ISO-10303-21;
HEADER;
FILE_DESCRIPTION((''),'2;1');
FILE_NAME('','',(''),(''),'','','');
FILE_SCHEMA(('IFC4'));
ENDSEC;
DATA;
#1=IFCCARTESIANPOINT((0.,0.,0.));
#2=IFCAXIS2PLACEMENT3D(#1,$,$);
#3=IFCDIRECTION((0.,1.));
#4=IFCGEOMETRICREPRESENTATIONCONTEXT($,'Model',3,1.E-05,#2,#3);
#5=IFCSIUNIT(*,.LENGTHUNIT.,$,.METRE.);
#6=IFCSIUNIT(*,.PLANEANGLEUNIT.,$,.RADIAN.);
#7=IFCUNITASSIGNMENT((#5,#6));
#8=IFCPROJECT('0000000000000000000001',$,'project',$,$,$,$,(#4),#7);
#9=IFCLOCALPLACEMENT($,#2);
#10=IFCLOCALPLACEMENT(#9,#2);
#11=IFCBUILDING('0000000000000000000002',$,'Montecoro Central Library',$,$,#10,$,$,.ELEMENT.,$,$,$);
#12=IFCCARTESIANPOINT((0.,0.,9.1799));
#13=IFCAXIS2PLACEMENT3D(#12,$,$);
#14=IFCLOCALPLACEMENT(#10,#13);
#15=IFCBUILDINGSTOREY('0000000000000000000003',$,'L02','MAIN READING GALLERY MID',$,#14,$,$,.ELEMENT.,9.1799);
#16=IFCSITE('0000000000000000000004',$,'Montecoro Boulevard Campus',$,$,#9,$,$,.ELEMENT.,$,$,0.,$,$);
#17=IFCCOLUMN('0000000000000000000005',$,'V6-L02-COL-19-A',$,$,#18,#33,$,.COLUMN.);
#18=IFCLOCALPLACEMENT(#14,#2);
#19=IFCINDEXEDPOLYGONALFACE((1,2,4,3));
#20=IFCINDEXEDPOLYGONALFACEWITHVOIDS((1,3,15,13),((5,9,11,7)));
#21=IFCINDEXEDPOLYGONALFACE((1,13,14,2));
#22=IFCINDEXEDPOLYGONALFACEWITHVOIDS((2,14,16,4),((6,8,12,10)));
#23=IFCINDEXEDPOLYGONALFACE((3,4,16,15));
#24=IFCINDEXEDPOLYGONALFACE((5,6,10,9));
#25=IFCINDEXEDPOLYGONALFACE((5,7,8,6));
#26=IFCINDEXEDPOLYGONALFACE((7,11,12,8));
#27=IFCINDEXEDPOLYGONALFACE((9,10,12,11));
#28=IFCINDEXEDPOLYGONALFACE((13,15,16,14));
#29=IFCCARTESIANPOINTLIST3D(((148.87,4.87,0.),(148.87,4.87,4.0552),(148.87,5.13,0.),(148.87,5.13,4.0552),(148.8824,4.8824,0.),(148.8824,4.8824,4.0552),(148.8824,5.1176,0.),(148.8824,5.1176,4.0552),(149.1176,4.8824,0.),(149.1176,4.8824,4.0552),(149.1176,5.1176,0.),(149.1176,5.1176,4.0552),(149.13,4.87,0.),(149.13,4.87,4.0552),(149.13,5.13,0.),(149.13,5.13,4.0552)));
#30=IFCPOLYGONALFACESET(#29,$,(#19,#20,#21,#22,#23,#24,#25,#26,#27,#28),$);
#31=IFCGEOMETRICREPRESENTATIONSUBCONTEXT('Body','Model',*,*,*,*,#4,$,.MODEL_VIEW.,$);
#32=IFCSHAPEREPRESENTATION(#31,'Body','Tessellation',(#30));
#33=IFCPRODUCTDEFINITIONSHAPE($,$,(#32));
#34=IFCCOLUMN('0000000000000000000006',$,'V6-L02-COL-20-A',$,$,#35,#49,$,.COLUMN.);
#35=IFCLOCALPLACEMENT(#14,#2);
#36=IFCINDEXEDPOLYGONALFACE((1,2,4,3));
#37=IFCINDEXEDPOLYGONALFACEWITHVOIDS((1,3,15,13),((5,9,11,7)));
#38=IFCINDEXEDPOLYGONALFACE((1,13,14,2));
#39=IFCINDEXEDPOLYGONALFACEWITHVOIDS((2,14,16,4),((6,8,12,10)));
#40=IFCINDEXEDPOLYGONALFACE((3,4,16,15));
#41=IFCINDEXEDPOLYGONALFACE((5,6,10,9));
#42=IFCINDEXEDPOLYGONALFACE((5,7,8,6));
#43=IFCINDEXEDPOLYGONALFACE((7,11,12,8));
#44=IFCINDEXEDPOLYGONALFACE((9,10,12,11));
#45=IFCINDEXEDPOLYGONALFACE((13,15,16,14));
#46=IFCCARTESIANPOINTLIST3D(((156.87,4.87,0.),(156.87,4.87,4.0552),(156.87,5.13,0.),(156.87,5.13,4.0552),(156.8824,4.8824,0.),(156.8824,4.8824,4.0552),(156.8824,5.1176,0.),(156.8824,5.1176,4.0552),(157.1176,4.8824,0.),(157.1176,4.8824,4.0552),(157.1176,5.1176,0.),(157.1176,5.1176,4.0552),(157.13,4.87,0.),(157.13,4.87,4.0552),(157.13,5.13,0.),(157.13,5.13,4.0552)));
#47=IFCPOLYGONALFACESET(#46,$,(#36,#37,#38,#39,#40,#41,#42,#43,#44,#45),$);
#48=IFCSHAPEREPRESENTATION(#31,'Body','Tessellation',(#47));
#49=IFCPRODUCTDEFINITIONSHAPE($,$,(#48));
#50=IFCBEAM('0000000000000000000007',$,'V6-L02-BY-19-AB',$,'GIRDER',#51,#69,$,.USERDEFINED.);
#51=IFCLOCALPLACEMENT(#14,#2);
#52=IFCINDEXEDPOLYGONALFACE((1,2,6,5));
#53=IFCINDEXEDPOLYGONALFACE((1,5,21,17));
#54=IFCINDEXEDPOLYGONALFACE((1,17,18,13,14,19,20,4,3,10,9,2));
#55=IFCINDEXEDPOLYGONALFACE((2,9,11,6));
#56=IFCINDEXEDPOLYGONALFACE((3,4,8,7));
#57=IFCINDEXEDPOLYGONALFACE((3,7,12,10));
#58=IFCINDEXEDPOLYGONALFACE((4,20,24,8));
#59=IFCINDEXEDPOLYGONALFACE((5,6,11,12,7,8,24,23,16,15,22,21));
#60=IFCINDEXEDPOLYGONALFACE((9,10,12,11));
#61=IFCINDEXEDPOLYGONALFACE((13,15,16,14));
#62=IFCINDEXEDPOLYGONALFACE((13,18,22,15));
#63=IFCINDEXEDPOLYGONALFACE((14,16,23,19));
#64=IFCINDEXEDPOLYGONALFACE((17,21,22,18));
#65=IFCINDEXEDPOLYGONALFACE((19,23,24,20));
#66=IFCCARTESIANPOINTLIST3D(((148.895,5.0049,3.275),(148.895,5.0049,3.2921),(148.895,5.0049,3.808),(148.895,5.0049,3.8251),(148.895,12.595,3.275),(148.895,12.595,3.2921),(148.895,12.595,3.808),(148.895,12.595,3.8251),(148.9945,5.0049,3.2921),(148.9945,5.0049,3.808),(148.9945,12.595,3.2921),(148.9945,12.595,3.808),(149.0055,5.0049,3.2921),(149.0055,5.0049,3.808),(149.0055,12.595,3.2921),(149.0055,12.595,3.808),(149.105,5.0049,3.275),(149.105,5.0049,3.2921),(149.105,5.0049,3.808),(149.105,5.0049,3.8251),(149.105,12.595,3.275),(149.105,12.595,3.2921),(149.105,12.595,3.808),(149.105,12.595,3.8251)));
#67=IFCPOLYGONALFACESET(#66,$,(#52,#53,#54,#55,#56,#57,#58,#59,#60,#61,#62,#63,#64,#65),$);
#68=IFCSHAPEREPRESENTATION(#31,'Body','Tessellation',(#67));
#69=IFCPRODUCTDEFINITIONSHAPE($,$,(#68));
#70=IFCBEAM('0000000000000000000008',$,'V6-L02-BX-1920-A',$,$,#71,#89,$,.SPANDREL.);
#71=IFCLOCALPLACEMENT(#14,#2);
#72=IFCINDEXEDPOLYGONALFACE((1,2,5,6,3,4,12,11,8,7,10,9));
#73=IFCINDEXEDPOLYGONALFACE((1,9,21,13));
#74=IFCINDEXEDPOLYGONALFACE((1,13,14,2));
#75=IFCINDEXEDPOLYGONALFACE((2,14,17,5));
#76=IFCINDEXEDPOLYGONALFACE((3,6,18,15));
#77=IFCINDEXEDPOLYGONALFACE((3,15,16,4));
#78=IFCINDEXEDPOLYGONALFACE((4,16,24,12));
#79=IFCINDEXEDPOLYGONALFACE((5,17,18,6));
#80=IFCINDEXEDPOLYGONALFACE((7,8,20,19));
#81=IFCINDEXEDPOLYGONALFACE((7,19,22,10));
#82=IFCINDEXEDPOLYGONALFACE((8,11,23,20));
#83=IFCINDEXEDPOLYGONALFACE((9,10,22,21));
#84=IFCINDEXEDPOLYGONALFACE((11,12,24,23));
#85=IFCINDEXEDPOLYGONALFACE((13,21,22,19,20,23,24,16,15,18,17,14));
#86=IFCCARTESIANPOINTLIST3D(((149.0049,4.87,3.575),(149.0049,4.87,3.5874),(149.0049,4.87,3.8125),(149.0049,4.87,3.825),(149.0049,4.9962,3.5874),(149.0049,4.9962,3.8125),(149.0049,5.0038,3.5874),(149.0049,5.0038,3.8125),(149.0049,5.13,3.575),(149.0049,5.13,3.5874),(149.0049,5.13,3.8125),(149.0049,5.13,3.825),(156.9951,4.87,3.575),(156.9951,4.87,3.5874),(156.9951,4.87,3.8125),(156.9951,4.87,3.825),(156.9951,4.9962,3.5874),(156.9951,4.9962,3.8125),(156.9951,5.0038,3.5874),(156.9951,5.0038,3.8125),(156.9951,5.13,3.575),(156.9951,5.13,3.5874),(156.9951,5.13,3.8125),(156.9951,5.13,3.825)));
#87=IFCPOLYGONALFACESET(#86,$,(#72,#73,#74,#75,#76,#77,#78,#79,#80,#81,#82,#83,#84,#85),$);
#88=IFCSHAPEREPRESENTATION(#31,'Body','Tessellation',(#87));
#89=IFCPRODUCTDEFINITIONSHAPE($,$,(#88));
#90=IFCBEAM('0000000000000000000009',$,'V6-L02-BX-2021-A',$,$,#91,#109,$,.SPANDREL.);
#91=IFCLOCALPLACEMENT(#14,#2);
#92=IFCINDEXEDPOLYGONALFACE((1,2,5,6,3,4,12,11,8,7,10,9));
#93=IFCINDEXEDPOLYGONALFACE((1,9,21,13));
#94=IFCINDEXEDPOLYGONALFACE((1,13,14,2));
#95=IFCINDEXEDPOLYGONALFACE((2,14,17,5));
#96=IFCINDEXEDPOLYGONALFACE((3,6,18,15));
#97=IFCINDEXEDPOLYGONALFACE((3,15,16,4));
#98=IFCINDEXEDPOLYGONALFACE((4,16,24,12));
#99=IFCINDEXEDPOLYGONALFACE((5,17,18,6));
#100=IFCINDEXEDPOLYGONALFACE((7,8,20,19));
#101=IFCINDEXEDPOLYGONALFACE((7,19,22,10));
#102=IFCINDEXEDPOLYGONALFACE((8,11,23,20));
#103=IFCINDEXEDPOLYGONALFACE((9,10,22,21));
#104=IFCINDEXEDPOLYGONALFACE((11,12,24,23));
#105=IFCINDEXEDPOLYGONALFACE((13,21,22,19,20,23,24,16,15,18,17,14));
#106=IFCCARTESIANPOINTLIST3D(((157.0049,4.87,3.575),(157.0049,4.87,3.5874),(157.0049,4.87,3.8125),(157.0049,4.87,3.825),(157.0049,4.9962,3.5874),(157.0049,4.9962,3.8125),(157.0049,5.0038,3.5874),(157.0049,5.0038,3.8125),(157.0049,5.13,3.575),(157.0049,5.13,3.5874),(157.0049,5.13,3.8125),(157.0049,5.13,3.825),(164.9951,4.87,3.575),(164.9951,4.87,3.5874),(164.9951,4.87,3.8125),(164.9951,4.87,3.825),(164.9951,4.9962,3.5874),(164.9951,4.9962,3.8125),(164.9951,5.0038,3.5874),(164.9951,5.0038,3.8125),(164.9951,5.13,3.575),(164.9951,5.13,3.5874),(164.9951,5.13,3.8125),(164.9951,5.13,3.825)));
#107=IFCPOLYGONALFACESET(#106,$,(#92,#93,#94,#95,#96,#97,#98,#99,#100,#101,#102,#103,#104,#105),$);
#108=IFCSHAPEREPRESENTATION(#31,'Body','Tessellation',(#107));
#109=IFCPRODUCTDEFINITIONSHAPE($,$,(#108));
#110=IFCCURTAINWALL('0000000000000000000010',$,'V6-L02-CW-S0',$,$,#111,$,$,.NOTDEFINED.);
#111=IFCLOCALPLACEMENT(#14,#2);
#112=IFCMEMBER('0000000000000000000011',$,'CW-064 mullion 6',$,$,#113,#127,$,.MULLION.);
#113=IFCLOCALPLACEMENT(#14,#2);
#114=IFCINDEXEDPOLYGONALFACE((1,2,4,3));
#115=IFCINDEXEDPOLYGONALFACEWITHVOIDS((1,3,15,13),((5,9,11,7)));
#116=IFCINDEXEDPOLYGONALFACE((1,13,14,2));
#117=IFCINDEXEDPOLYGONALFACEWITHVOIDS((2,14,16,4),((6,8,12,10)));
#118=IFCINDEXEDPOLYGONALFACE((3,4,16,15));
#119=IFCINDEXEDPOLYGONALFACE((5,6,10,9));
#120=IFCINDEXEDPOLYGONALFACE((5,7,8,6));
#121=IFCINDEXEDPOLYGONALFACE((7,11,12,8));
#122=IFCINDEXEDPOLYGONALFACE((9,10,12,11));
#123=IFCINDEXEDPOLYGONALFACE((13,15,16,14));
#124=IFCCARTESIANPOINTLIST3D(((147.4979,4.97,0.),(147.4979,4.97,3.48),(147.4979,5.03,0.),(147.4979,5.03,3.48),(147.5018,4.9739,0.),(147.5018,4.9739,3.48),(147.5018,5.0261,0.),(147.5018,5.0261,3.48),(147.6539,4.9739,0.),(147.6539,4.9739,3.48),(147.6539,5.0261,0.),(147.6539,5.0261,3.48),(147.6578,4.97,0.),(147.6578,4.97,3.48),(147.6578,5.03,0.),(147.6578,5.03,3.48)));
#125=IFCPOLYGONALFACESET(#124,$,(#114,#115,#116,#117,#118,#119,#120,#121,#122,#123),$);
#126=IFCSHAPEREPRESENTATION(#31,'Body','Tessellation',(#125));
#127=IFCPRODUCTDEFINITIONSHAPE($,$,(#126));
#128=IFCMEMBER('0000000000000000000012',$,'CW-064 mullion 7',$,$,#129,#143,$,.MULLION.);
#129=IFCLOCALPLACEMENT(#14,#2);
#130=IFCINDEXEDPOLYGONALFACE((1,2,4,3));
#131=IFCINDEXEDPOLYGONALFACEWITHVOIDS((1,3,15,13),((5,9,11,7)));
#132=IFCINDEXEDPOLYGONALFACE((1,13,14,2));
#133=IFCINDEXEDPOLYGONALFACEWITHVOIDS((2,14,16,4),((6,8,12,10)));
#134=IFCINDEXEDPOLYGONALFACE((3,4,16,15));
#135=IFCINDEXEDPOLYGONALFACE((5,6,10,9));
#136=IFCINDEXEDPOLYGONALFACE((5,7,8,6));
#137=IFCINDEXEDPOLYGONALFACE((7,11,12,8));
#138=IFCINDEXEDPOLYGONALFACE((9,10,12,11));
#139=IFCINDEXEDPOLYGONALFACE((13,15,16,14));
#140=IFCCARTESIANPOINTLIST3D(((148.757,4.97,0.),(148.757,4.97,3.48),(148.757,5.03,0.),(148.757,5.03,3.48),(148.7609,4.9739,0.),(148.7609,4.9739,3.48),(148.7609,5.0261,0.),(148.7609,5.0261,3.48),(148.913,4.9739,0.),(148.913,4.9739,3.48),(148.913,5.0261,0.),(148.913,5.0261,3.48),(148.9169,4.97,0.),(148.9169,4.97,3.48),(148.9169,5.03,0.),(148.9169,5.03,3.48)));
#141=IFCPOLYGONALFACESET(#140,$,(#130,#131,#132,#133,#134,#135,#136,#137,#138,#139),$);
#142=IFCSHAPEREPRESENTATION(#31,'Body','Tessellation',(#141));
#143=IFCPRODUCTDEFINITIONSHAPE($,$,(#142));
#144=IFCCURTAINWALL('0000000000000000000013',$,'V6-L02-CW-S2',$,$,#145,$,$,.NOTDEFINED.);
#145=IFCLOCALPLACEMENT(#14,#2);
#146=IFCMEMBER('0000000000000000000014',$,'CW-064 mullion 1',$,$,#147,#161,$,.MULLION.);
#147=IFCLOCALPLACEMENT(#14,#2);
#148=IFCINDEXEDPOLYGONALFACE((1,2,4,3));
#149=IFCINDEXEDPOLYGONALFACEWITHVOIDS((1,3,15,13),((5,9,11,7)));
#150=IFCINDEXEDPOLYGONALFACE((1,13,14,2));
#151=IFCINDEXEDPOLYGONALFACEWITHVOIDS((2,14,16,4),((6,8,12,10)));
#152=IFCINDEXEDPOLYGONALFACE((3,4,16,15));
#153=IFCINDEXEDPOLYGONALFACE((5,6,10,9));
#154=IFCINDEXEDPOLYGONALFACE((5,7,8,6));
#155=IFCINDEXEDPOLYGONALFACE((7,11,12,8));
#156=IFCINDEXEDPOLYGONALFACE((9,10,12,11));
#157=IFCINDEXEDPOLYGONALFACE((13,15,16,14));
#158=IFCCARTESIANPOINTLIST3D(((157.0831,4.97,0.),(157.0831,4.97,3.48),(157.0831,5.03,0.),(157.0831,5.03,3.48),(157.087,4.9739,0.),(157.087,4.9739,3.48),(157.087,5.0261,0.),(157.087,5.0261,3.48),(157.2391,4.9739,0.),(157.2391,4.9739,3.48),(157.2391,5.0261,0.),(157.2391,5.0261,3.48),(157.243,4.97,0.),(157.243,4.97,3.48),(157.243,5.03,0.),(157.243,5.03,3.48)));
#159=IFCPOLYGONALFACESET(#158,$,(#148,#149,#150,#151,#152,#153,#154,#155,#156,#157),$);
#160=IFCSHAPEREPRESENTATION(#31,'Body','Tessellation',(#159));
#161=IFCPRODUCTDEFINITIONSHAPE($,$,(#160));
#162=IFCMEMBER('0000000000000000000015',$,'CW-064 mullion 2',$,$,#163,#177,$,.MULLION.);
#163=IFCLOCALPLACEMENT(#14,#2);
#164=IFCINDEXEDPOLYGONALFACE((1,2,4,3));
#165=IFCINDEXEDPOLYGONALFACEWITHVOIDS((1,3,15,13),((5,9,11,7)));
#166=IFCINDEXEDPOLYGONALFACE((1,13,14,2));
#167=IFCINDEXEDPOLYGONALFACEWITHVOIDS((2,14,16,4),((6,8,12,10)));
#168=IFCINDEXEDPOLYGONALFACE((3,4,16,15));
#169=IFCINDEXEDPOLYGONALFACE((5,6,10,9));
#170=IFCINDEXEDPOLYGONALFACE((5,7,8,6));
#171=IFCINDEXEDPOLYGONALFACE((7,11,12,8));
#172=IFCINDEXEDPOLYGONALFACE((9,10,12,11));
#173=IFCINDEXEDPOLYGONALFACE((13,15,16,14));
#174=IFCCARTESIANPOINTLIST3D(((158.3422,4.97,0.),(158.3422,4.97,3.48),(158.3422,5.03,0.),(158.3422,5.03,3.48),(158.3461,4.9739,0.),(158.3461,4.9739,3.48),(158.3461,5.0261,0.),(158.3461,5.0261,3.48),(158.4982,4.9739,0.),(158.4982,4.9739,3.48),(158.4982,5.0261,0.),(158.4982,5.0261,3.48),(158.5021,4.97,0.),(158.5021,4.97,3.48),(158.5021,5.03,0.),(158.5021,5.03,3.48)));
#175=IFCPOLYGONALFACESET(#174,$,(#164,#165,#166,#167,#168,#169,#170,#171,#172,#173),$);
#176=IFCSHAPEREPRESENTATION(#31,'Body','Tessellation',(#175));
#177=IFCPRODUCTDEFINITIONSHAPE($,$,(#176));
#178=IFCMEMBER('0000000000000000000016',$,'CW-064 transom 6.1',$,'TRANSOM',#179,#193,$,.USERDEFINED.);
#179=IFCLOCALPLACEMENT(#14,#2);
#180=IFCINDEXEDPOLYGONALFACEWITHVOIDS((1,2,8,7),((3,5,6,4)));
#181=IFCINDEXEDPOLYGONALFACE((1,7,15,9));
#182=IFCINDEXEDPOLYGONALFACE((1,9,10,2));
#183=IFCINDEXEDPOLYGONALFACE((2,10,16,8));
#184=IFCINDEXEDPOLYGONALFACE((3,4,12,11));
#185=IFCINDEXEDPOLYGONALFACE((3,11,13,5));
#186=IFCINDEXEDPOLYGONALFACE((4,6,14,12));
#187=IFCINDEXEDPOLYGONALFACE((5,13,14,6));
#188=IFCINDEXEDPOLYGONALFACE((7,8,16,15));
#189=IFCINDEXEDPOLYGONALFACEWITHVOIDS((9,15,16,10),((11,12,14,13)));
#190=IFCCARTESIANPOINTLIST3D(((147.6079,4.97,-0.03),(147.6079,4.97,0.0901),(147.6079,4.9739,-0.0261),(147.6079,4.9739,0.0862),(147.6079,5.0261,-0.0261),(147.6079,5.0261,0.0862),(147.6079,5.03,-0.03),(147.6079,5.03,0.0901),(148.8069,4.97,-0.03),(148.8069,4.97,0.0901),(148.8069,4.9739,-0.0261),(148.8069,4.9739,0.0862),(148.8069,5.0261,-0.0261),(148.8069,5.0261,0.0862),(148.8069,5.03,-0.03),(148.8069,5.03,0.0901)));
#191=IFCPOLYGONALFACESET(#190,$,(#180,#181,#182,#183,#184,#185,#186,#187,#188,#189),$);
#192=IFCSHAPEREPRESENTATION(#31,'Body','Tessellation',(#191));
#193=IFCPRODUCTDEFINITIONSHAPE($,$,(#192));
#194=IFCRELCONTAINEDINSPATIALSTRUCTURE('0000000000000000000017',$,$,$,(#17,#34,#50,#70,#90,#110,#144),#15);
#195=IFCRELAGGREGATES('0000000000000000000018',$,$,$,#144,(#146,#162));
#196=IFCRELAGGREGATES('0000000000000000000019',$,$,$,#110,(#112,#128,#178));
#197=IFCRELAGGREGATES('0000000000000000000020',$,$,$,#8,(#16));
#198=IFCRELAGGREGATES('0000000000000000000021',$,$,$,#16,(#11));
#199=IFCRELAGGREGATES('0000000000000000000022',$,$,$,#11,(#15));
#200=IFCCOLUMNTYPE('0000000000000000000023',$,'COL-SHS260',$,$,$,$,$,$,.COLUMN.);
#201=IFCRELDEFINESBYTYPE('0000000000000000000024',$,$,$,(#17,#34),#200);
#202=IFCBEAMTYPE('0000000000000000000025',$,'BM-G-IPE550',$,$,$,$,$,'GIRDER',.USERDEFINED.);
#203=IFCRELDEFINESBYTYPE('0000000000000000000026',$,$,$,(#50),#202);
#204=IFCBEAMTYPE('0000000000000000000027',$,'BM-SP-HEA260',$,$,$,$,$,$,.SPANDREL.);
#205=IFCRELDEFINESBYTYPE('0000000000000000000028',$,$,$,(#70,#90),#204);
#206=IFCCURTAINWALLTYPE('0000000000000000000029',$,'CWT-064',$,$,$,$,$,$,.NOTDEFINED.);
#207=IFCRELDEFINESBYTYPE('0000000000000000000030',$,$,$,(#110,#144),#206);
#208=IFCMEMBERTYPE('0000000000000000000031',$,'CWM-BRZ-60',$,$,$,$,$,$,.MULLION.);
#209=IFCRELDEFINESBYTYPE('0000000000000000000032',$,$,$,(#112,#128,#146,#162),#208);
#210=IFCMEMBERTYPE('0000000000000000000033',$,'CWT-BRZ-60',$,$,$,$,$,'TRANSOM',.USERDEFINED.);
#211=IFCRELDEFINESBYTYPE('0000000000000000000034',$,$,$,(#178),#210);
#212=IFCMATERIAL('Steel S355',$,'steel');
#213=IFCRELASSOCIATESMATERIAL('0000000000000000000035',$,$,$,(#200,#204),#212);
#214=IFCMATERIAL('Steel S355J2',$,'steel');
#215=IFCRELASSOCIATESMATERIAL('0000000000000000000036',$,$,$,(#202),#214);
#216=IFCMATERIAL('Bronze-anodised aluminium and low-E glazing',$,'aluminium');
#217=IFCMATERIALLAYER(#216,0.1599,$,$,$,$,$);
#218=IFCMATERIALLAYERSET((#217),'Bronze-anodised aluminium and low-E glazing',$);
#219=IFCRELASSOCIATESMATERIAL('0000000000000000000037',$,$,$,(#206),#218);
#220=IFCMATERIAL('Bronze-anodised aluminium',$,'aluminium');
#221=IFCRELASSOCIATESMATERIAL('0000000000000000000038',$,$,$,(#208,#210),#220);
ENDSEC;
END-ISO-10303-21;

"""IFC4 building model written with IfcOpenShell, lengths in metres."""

from ifc_helpers import new_model, si_unit, direction, frame, origin, origin_2d, place, context, subcontext, project, spatial, hollow_rectangle, i_section, extrude, material, layer, layer_set, material_profile, profile_set, type_object, element, aggregate, save


model = new_model("IFC4")

# Units and contexts
model_context = context("Model", 3, precision=1e-05, world=origin(), true_north=direction((0.0, 1.0)))
body_context = subcontext(model_context, "Body", "Model", "MODEL_VIEW")
ifc_project = project(units=[si_unit("LENGTHUNIT", "METRE"), si_unit("PLANEANGLEUNIT", "RADIAN")], contexts=[model_context])

# Site, building, storey
site_placement = place(None, origin())
site = spatial("IfcSite", under=ifc_project, at=site_placement, Name="Montecoro Boulevard Campus", CompositionType="ELEMENT", RefElevation=0.0)
building_placement = place(site_placement, origin())
building = spatial("IfcBuilding", under=site, at=building_placement, Name="Montecoro Central Library", CompositionType="ELEMENT")
storey_placement = place(building_placement, frame((0.0, 0.0, 9.1799)))
storey = spatial("IfcBuildingStorey", under=building, at=storey_placement, Name="L02", Description="MAIN READING GALLERY MID", CompositionType="ELEMENT", Elevation=9.1799)

# Columns
ifc_material_1 = material(Name="Steel S355", Category="steel")
ifc_material_profile_1 = material_profile(ifc_material_1, hollow_rectangle(XDim=0.26, YDim=0.26, WallThickness=0.0125, at=origin_2d()), Name="SHS 260x260x12.5")
ifc_profile_set_1 = profile_set([ifc_material_profile_1], Name="Steel S355")
column_type = type_object("IfcColumnType", Name="COL-SHS260", PredefinedType="COLUMN", material=ifc_profile_set_1)
for number, where, z_axis, x_axis, name in (
    (1, (149.0, 5.0, 0.0), (0.0, 0.0, 1.0), (1.0, 0.0, 0.0), "V6-L02-COL-19-A"),
    (2, (157.0, 5.0, 0.0), (0.0, 0.0, 1.0), (1.0, 0.0, 0.0), "V6-L02-COL-20-A"),
):
    element("IfcColumn", number, at=place(storey_placement, frame(where, z_axis=z_axis, x_axis=x_axis)), inside=storey, type_object=column_type, Name=name, PredefinedType="COLUMN", context=body_context, shape_type="SweptSolid", body=[
        extrude(hollow_rectangle(XDim=0.26, YDim=0.26, WallThickness=0.0125, at=origin_2d()), origin(), (0.0, 0.0, 1.0), 4.0552),
    ])

# Beams
ifc_material_2 = material(Name="Steel S355J2", Category="steel")
ifc_material_profile_2 = material_profile(ifc_material_2, i_section(OverallWidth=0.21, OverallDepth=0.55, WebThickness=0.011, FlangeThickness=0.0171, at=origin_2d()), Name="IPE 550")
ifc_profile_set_2 = profile_set([ifc_material_profile_2], Name="Steel S355J2")
beam_type_1 = type_object("IfcBeamType", Name="BM-G-IPE550", ElementType="GIRDER", PredefinedType="USERDEFINED", material=ifc_profile_set_2)
beam_placement = place(storey_placement, frame((149.0, 5.0049, 3.55), z_axis=(0.0, 1.0, 0.0), x_axis=(-1.0, 0.0, 0.0)))
element("IfcBeam", 3, at=beam_placement, inside=storey, type_object=beam_type_1, Name="V6-L02-BY-19-AB", ObjectType="GIRDER", PredefinedType="USERDEFINED", context=body_context, shape_type="SweptSolid", body=[
    extrude(i_section(OverallWidth=0.21, OverallDepth=0.55, WebThickness=0.011, FlangeThickness=0.0171, at=origin_2d()), origin(), (0.0, 0.0, 1.0), 7.5901),
])
ifc_material_profile_3 = material_profile(ifc_material_1, i_section(OverallWidth=0.26, OverallDepth=0.25, WebThickness=0.0076, FlangeThickness=0.0125, at=origin_2d()), Name="HEA 260")
ifc_profile_set_3 = profile_set([ifc_material_profile_3], Name="Steel S355")
beam_type_2 = type_object("IfcBeamType", Name="BM-SP-HEA260", PredefinedType="SPANDREL", material=ifc_profile_set_3)
for number, where, z_axis, x_axis, name in (
    (4, (149.0049, 5.0, 3.7), (1.0, 0.0, 0.0), (0.0, 1.0, 0.0), "V6-L02-BX-1920-A"),
    (5, (157.0049, 5.0, 3.7), (1.0, 0.0, 0.0), (0.0, 1.0, 0.0), "V6-L02-BX-2021-A"),
):
    element("IfcBeam", number, at=place(storey_placement, frame(where, z_axis=z_axis, x_axis=x_axis)), inside=storey, type_object=beam_type_2, Name=name, PredefinedType="SPANDREL", context=body_context, shape_type="SweptSolid", body=[
        extrude(i_section(OverallWidth=0.26, OverallDepth=0.25, WebThickness=0.0076, FlangeThickness=0.0125, at=origin_2d()), origin(), (0.0, 0.0, 1.0), 7.9902),
    ])

# Curtain walls, members
ifc_material_3 = material(Name="Bronze-anodised aluminium and low-E glazing", Category="aluminium")
ifc_layer_1 = layer(ifc_material_3, 0.1599)
ifc_layer_set_1 = layer_set([ifc_layer_1], Name="Bronze-anodised aluminium and low-E glazing")
curtain_wall_type = type_object("IfcCurtainWallType", Name="CWT-064", PredefinedType="NOTDEFINED", material=ifc_layer_set_1)
curtain_wall_1_placement = place(storey_placement, origin())
curtain_wall_1 = element("IfcCurtainWall", 6, at=curtain_wall_1_placement, inside=storey, type_object=curtain_wall_type, Name="V6-L02-CW-S0", PredefinedType="NOTDEFINED")
ifc_material_4 = material(Name="Bronze-anodised aluminium", Category="aluminium")
ifc_material_profile_4 = material_profile(ifc_material_4, hollow_rectangle(XDim=0.0601, YDim=0.1599, WallThickness=0.0039, at=origin_2d()), Name="CWM 160x60x4.0")
ifc_profile_set_4 = profile_set([ifc_material_profile_4], Name="Bronze-anodised aluminium")
member_type_1 = type_object("IfcMemberType", Name="CWM-BRZ-60", PredefinedType="MULLION", material=ifc_profile_set_4)
member_1_placement = place(storey_placement, frame((147.5779, 5.0, 0.0), z_axis=(0.0, 0.0, 1.0), x_axis=(0.0, 1.0, 0.0)))
member_1 = element("IfcMember", 7, at=member_1_placement, type_object=member_type_1, Name="CW-064 mullion 6", PredefinedType="MULLION", context=body_context, shape_type="SweptSolid", body=[
    extrude(hollow_rectangle(XDim=0.0601, YDim=0.1599, WallThickness=0.0039, at=origin_2d()), origin(), (0.0, 0.0, 1.0), 3.48),
])
member_2_placement = place(storey_placement, frame((148.8369, 5.0, 0.0), z_axis=(0.0, 0.0, 1.0), x_axis=(0.0, 1.0, 0.0)))
member_2 = element("IfcMember", 8, at=member_2_placement, type_object=member_type_1, Name="CW-064 mullion 7", PredefinedType="MULLION", context=body_context, shape_type="SweptSolid", body=[
    extrude(hollow_rectangle(XDim=0.0601, YDim=0.1599, WallThickness=0.0039, at=origin_2d()), origin(), (0.0, 0.0, 1.0), 3.48),
])
curtain_wall_2_placement = place(storey_placement, origin())
curtain_wall_2 = element("IfcCurtainWall", 9, at=curtain_wall_2_placement, inside=storey, type_object=curtain_wall_type, Name="V6-L02-CW-S2", PredefinedType="NOTDEFINED")
member_3_placement = place(storey_placement, frame((157.1631, 5.0, 0.0), z_axis=(0.0, 0.0, 1.0), x_axis=(0.0, 1.0, 0.0)))
member_3 = element("IfcMember", 10, at=member_3_placement, type_object=member_type_1, Name="CW-064 mullion 1", PredefinedType="MULLION", context=body_context, shape_type="SweptSolid", body=[
    extrude(hollow_rectangle(XDim=0.0601, YDim=0.1599, WallThickness=0.0039, at=origin_2d()), origin(), (0.0, 0.0, 1.0), 3.48),
])
member_4_placement = place(storey_placement, frame((158.4221, 5.0, 0.0), z_axis=(0.0, 0.0, 1.0), x_axis=(0.0, 1.0, 0.0)))
member_4 = element("IfcMember", 11, at=member_4_placement, type_object=member_type_1, Name="CW-064 mullion 2", PredefinedType="MULLION", context=body_context, shape_type="SweptSolid", body=[
    extrude(hollow_rectangle(XDim=0.0601, YDim=0.1599, WallThickness=0.0039, at=origin_2d()), origin(), (0.0, 0.0, 1.0), 3.48),
])

# Member
ifc_material_profile_5 = material_profile(ifc_material_4, hollow_rectangle(XDim=0.0601, YDim=0.1201, WallThickness=0.0039, at=origin_2d()), Name="CWT 120x60x4.0")
ifc_profile_set_5 = profile_set([ifc_material_profile_5], Name="Bronze-anodised aluminium")
member_type_2 = type_object("IfcMemberType", Name="CWT-BRZ-60", ElementType="TRANSOM", PredefinedType="USERDEFINED", material=ifc_profile_set_5)
member_5_placement = place(storey_placement, frame((147.6079, 5.0, 0.03), z_axis=(1.0, 0.0, 0.0), x_axis=(0.0, 1.0, 0.0)))
member_5 = element("IfcMember", 12, at=member_5_placement, type_object=member_type_2, Name="CW-064 transom 6.1", ObjectType="TRANSOM", PredefinedType="USERDEFINED", context=body_context, shape_type="SweptSolid", body=[
    extrude(hollow_rectangle(XDim=0.0601, YDim=0.1201, WallThickness=0.0039, at=origin_2d()), origin(), (0.0, 0.0, 1.0), 1.199),
])

aggregate(curtain_wall_2, [member_3, member_4])
aggregate(curtain_wall_1, [member_1, member_2, member_5])

save(model, "model.ifc")
